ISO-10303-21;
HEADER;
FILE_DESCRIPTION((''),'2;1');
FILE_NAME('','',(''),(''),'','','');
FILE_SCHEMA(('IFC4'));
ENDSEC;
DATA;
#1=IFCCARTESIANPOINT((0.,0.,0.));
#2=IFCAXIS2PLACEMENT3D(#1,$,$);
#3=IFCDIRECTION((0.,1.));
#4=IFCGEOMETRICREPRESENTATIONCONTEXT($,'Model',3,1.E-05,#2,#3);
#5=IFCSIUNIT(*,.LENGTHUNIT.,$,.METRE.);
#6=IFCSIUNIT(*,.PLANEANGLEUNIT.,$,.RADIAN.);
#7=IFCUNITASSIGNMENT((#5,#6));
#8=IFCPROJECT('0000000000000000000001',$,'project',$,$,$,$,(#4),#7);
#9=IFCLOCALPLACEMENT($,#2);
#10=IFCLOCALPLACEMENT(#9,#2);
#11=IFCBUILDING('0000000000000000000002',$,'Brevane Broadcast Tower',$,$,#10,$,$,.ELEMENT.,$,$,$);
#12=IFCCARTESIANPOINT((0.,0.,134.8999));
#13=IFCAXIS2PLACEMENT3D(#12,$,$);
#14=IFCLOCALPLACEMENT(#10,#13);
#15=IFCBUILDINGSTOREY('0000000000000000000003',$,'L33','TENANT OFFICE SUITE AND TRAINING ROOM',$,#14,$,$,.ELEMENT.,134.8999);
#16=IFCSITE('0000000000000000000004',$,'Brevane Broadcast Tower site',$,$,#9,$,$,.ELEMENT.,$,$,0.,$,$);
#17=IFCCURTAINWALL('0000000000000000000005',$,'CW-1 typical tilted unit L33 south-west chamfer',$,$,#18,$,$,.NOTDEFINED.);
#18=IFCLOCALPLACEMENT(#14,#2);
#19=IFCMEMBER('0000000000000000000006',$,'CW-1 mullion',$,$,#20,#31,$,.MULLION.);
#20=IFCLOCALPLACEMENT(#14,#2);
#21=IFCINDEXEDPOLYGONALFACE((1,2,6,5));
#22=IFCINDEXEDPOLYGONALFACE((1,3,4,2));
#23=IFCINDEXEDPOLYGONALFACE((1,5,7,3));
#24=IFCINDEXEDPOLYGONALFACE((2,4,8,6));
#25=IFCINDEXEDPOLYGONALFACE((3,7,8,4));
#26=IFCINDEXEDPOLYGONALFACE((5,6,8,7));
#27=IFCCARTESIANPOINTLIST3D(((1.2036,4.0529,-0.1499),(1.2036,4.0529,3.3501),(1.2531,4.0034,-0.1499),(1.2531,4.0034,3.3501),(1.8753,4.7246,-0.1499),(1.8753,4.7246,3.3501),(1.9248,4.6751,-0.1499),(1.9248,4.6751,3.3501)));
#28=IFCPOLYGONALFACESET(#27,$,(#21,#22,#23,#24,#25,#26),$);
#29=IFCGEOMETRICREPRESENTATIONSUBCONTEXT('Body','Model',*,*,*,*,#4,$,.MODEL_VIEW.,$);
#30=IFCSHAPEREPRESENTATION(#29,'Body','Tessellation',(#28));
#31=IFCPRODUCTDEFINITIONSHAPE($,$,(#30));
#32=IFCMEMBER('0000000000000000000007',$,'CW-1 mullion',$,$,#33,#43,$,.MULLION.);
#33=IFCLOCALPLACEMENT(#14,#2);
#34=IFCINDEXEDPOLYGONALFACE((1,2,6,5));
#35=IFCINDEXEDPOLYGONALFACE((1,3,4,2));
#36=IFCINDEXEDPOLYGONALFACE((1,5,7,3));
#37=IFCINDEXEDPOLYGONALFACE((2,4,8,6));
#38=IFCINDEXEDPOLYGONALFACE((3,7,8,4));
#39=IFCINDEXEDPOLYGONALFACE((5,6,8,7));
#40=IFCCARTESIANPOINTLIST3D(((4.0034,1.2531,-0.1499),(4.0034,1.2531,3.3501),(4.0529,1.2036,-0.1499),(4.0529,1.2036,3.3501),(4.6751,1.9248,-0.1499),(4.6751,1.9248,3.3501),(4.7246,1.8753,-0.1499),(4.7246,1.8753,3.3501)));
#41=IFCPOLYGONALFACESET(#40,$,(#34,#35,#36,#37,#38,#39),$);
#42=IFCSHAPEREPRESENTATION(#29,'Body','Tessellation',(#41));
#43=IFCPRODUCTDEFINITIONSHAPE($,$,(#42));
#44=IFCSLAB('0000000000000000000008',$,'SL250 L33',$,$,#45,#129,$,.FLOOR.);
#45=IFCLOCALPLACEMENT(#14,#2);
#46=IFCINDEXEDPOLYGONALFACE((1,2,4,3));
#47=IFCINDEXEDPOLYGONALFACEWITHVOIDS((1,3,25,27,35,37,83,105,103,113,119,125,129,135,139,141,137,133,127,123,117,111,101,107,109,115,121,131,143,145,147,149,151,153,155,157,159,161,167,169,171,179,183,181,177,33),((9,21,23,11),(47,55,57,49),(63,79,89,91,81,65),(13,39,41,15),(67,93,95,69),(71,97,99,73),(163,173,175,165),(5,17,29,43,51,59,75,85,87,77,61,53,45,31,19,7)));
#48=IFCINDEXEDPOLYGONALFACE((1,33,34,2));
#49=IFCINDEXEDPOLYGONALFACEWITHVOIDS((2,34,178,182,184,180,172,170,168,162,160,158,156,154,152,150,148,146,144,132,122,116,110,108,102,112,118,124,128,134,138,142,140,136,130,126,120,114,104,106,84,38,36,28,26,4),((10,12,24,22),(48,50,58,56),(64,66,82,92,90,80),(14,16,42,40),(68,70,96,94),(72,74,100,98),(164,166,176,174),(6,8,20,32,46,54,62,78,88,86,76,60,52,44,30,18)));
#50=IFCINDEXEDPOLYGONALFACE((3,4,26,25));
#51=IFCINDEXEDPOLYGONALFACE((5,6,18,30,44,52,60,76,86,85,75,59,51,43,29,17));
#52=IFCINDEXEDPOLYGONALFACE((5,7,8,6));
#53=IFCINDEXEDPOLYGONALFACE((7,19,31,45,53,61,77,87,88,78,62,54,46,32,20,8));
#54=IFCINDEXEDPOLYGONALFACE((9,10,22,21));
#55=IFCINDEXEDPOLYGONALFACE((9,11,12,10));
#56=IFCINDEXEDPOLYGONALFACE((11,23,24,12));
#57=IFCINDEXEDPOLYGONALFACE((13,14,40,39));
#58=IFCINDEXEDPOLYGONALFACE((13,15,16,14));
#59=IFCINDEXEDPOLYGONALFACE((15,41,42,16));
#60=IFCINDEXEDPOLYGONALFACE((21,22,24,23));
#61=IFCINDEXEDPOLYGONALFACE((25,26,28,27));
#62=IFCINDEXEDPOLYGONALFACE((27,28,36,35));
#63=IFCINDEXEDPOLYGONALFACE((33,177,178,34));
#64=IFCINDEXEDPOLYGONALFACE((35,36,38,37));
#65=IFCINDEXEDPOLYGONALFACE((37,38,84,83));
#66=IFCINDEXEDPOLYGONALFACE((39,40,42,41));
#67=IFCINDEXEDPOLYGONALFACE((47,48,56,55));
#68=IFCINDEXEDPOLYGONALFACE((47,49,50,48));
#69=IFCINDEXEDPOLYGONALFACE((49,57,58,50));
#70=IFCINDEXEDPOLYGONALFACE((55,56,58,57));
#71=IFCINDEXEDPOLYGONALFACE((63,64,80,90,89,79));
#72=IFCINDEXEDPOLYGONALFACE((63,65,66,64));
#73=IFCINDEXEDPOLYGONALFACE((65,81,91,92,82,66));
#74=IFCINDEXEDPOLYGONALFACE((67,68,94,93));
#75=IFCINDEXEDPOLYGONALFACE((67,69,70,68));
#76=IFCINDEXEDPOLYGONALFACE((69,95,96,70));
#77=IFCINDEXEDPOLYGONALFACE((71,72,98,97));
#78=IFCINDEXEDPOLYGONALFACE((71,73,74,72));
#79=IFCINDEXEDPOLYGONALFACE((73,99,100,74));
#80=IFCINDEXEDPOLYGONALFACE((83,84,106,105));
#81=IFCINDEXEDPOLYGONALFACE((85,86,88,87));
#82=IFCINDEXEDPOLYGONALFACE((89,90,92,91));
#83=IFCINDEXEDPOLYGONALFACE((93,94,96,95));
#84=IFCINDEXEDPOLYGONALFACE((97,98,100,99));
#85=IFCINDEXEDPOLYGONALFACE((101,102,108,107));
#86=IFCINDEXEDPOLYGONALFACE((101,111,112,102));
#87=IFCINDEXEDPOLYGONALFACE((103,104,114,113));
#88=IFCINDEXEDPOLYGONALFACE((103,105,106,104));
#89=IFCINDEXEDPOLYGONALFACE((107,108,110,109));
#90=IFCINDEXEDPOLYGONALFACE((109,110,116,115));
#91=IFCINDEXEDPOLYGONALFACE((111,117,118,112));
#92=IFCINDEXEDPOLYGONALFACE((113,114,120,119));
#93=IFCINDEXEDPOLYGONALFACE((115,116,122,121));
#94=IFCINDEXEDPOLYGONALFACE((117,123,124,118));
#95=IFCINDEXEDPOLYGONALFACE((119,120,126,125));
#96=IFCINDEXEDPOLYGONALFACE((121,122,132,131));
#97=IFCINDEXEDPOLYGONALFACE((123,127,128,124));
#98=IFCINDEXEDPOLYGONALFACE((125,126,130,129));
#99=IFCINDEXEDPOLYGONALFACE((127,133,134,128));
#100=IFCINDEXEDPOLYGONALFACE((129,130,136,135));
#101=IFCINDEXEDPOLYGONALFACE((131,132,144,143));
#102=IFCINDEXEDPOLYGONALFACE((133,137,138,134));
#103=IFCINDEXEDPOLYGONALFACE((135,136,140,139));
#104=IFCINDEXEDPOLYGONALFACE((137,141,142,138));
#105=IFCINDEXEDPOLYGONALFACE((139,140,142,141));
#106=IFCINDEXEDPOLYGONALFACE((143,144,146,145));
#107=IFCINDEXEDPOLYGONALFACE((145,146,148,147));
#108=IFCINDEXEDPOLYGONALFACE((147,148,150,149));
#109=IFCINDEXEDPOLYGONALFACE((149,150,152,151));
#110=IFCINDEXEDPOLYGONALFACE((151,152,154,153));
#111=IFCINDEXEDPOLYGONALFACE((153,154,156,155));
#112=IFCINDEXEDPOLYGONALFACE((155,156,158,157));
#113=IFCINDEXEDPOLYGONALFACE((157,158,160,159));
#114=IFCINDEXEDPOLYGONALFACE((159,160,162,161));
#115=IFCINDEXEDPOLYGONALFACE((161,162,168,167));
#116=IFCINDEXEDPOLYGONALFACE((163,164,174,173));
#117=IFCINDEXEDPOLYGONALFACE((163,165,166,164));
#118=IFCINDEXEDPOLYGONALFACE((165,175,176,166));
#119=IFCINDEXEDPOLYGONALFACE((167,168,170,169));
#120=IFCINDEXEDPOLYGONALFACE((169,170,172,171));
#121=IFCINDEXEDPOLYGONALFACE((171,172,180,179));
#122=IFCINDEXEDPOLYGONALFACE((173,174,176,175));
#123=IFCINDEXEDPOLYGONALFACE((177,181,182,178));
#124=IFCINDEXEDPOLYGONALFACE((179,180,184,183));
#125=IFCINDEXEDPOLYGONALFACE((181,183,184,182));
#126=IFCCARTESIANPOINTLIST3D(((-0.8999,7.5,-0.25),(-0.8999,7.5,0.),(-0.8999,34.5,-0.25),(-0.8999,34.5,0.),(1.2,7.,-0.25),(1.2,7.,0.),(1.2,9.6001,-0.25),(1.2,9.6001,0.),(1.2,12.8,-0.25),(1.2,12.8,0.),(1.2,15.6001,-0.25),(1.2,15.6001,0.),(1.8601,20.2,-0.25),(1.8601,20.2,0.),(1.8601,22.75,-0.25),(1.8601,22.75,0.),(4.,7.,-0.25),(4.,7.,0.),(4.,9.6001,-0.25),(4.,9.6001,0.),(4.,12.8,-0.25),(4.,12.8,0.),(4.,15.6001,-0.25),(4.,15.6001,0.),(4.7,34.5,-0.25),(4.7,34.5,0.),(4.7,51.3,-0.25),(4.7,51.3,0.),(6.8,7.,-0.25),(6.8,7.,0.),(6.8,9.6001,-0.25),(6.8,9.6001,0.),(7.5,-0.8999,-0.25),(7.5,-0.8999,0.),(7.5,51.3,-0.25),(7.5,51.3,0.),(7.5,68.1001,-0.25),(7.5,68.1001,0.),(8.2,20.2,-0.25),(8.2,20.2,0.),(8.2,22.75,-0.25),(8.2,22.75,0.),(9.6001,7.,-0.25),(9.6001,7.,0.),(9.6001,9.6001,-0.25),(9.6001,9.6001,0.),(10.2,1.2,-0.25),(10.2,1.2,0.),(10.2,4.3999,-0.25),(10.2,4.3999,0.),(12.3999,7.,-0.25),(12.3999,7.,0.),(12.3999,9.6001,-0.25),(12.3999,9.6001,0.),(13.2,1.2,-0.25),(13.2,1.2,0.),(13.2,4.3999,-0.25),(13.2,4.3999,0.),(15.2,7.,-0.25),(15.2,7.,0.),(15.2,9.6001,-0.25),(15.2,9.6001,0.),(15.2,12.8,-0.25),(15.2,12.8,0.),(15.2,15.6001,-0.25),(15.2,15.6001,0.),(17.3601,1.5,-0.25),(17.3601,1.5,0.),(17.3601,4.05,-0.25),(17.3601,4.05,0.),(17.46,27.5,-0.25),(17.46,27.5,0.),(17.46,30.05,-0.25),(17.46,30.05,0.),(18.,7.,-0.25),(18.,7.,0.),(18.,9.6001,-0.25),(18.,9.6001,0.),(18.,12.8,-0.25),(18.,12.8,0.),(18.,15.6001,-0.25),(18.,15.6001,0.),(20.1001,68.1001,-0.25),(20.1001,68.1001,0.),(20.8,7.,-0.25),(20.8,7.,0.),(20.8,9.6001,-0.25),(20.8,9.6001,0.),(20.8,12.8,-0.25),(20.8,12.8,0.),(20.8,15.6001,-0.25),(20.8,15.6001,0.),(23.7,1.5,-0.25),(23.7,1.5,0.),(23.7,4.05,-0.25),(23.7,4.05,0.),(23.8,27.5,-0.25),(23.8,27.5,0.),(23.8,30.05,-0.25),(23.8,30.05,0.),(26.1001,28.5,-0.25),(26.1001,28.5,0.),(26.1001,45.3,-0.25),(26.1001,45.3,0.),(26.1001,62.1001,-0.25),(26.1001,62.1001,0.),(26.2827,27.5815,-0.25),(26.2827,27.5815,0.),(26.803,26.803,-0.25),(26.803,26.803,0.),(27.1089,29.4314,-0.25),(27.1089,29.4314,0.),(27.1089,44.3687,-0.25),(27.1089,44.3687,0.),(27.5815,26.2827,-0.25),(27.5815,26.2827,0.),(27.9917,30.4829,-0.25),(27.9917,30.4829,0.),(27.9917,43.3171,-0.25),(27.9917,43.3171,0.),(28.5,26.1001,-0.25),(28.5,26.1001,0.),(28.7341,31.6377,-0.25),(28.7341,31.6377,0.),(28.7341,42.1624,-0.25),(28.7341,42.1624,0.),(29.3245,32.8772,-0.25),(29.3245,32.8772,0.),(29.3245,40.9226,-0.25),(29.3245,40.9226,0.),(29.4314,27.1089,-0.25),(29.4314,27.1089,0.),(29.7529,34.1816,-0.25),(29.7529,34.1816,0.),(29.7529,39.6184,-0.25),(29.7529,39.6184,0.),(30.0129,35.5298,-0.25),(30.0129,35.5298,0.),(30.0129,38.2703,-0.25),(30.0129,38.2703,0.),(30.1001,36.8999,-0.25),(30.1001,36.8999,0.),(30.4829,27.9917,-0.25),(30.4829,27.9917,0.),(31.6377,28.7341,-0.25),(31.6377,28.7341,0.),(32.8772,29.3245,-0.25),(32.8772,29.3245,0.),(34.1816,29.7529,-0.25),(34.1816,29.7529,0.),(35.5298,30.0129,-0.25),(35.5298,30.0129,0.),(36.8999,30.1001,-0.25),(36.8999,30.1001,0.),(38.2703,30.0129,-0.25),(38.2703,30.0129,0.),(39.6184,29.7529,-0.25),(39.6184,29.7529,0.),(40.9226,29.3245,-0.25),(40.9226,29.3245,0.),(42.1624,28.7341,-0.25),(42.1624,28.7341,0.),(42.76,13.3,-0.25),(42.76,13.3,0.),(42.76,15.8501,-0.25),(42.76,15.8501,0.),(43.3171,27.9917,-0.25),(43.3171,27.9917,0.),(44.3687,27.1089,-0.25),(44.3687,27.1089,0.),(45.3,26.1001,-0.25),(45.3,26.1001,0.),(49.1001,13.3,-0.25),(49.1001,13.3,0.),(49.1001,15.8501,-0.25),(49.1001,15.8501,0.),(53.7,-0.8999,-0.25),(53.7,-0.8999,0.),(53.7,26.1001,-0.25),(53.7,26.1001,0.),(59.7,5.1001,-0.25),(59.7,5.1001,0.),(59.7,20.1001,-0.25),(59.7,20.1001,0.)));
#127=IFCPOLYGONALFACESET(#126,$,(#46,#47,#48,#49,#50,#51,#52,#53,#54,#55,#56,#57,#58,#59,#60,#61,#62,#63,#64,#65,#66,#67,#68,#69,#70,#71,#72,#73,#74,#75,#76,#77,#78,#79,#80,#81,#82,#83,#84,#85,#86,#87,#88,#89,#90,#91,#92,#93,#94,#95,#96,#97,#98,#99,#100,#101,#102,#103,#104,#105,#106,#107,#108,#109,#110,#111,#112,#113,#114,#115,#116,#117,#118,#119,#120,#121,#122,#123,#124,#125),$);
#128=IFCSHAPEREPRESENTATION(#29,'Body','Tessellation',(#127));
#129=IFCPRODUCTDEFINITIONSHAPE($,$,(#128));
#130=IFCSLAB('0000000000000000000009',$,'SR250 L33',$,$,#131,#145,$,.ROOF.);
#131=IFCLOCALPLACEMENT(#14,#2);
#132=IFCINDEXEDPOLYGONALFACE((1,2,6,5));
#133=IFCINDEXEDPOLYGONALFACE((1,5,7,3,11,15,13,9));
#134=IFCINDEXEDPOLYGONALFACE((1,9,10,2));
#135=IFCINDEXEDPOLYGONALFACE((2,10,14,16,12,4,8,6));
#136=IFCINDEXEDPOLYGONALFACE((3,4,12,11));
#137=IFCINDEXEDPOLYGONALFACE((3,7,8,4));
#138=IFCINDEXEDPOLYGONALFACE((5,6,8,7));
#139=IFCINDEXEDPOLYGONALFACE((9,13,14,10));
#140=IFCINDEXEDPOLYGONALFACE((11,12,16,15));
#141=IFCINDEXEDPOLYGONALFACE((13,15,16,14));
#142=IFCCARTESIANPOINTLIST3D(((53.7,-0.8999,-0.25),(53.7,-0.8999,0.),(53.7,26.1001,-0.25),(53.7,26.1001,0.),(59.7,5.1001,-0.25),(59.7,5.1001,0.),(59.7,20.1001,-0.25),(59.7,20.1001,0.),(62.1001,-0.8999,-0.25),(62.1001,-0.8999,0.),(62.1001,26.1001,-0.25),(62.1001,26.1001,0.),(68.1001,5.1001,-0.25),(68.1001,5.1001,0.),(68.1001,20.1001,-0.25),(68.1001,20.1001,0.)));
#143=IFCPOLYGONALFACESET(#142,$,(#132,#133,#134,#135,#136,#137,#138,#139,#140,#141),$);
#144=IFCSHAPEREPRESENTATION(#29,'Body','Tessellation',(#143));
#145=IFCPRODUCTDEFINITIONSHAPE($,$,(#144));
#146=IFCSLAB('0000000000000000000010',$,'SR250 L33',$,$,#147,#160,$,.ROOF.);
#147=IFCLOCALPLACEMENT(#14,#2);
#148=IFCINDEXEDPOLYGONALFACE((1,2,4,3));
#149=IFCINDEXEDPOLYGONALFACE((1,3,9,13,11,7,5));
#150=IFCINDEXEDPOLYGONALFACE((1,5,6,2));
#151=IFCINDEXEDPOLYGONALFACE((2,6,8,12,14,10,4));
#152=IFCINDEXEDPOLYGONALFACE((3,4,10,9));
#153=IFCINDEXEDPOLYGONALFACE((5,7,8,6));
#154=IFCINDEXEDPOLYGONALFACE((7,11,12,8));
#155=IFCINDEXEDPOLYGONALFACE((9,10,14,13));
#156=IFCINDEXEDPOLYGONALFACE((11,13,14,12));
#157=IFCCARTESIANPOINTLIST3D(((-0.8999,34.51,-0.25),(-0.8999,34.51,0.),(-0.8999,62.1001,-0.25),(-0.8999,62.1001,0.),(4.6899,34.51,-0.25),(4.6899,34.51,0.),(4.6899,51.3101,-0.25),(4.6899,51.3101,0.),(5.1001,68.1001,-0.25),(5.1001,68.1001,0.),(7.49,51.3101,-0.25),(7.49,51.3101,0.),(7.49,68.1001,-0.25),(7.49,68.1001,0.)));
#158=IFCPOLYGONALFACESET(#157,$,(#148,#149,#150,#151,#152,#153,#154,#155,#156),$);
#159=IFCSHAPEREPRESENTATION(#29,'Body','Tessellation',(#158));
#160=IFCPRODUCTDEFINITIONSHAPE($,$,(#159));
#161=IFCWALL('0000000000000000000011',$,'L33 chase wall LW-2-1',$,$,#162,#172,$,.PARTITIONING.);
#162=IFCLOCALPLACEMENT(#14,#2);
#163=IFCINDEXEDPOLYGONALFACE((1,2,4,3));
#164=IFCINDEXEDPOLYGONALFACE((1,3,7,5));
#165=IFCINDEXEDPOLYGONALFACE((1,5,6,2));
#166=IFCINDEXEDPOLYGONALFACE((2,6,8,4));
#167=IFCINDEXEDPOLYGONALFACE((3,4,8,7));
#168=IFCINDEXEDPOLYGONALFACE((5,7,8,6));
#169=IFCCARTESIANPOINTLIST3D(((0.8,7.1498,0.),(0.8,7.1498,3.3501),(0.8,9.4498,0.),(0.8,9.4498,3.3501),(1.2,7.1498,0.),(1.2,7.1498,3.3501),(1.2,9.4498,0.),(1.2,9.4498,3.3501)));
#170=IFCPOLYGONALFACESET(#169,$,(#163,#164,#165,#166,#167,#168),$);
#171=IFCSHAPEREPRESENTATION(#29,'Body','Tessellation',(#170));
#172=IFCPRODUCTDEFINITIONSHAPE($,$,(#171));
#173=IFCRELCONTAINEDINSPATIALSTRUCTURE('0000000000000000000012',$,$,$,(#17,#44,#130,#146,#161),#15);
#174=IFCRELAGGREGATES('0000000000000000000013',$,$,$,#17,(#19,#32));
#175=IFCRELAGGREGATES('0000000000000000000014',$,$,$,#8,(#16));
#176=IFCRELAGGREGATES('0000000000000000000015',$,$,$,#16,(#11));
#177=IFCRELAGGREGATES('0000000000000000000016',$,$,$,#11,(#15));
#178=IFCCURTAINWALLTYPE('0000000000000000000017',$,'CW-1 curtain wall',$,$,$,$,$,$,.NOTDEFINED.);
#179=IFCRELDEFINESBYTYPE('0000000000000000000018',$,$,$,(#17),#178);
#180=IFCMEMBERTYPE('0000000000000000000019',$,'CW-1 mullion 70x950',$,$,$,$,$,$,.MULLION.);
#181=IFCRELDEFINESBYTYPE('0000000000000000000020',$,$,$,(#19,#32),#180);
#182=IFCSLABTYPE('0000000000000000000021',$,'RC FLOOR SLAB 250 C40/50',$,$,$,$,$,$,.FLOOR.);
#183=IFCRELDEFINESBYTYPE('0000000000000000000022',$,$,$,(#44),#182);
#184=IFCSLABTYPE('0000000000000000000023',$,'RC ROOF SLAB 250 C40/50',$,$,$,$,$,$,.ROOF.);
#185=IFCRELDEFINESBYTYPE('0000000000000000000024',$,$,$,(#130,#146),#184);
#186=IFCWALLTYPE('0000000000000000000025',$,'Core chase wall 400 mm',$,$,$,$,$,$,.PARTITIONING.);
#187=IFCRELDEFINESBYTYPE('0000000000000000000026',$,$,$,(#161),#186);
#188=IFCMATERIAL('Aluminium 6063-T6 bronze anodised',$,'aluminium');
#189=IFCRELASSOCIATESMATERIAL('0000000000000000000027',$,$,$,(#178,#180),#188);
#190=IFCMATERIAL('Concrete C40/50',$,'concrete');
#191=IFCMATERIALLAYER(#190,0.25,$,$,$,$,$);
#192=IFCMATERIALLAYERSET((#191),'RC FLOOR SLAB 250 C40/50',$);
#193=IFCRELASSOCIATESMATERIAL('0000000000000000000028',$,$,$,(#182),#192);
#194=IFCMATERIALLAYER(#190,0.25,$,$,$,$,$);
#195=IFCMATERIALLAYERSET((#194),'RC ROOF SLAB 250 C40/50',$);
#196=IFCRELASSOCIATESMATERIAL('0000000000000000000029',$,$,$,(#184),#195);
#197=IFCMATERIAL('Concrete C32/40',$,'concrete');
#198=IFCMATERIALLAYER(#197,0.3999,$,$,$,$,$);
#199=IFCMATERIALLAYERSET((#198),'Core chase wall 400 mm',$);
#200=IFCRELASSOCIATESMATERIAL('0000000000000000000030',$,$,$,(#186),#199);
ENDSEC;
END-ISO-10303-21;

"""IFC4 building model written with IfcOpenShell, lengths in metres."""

from ifc_helpers import new_model, si_unit, direction, frame, frame_2d, origin, origin_2d, place, context, subcontext, project, spatial, polyline, rectangle, outline, extrude, material, layer, layer_set, material_profile, profile_set, type_object, element, aggregate, save


model = new_model("IFC4")

# Units and contexts
model_context = context("Model", 3, precision=1e-05, world=origin(), true_north=direction((0.0, 1.0)))
body_context = subcontext(model_context, "Body", "Model", "MODEL_VIEW")
ifc_project = project(units=[si_unit("LENGTHUNIT", "METRE"), si_unit("PLANEANGLEUNIT", "RADIAN")], contexts=[model_context])

# Site, building, storey
site_placement = place(None, origin())
site = spatial("IfcSite", under=ifc_project, at=site_placement, Name="Brevane Broadcast Tower site", CompositionType="ELEMENT", RefElevation=0.0)
building_placement = place(site_placement, origin())
building = spatial("IfcBuilding", under=site, at=building_placement, Name="Brevane Broadcast Tower", CompositionType="ELEMENT")
storey_placement = place(building_placement, frame((0.0, 0.0, 134.8999)))
storey = spatial("IfcBuildingStorey", under=building, at=storey_placement, Name="L33", Description="TENANT OFFICE SUITE AND TRAINING ROOM", CompositionType="ELEMENT", Elevation=134.8999)

# Curtain wall, members
ifc_material_1 = material(Name="Aluminium 6063-T6 bronze anodised", Category="aluminium")
curtain_wall_type = type_object("IfcCurtainWallType", Name="CW-1 curtain wall", PredefinedType="NOTDEFINED", material=ifc_material_1)
curtain_wall_1_placement = place(storey_placement, origin())
curtain_wall_1 = element("IfcCurtainWall", 1, at=curtain_wall_1_placement, inside=storey, type_object=curtain_wall_type, Name="CW-1 typical tilted unit L33 south-west chamfer", PredefinedType="NOTDEFINED")
ifc_material_profile = material_profile(ifc_material_1, rectangle(XDim=0.95, YDim=0.0701, at=origin_2d()), Name="RECT 70x950")
ifc_profile_set = profile_set([ifc_material_profile], Name="Aluminium 6063-T6 bronze anodised")
member_type = type_object("IfcMemberType", Name="CW-1 mullion 70x950", PredefinedType="MULLION", material=ifc_profile_set)
member_1_placement = place(storey_placement, frame((1.5642, 4.364, -0.1499), z_axis=(0.0, 0.0, 1.0), x_axis=(0.707107, 0.707107, 0.0)))
member_1 = element("IfcMember", 2, at=member_1_placement, type_object=member_type, Name="CW-1 mullion", PredefinedType="MULLION", context=body_context, shape_type="SweptSolid", body=[
    extrude(rectangle(XDim=0.95, YDim=0.0701, at=origin_2d()), origin(), (0.0, 0.0, 1.0), 3.5),
])
member_2_placement = place(storey_placement, frame((4.364, 1.5642, -0.1499), z_axis=(0.0, 0.0, 1.0), x_axis=(0.707107, 0.707107, 0.0)))
member_2 = element("IfcMember", 3, at=member_2_placement, type_object=member_type, Name="CW-1 mullion", PredefinedType="MULLION", context=body_context, shape_type="SweptSolid", body=[
    extrude(rectangle(XDim=0.95, YDim=0.0701, at=origin_2d()), origin(), (0.0, 0.0, 1.0), 3.5),
])
aggregate(curtain_wall_1, [member_1, member_2])

# Slabs
ifc_material_2 = material(Name="Concrete C40/50", Category="concrete")
ifc_layer_1 = layer(ifc_material_2, 0.25)
ifc_layer_set_1 = layer_set([ifc_layer_1], Name="RC FLOOR SLAB 250 C40/50")
slab_type_1 = type_object("IfcSlabType", Name="RC FLOOR SLAB 250 C40/50", PredefinedType="FLOOR", material=ifc_layer_set_1)
slab_1_placement = place(storey_placement, frame((0.0, 0.0, -0.25)))
element("IfcSlab", 4, at=slab_1_placement, inside=storey, type_object=slab_type_1, Name="SL250 L33", PredefinedType="FLOOR", context=body_context, shape_type="SweptSolid", body=[
    extrude(outline(polyline([(-0.8999, 7.5), (-0.8999, 34.5), (4.7, 34.5), (4.7, 51.3), (7.5, 51.3), (7.5, 68.1001), (20.1001, 68.1001), (26.1001, 62.1001), (26.1001, 45.3), (27.1089, 44.3687), (27.9917, 43.3171), (28.7341, 42.1624), (29.3245, 40.9226), (29.7529, 39.6184), (30.0129, 38.2703), (30.1001, 36.8999), (30.0129, 35.5298), (29.7529, 34.1816), (29.3245, 32.8772), (28.7341, 31.6377), (27.9917, 30.4829), (27.1089, 29.4314), (26.1001, 28.5), (26.2827, 27.5815), (26.803, 26.803), (27.5815, 26.2827), (28.5, 26.1001), (29.4314, 27.1089), (30.4829, 27.9917), (31.6377, 28.7341), (32.8772, 29.3245), (34.1816, 29.7529), (35.5298, 30.0129), (36.8999, 30.1001), (38.2703, 30.0129), (39.6184, 29.7529), (40.9226, 29.3245), (42.1624, 28.7341), (43.3171, 27.9917), (44.3687, 27.1089), (45.3, 26.1001), (53.7, 26.1001), (59.7, 20.1001), (59.7, 5.1001), (53.7, -0.8999), (7.5, -0.8999), (-0.8999, 7.5)]), holes=[polyline([(13.2, 4.3999), (10.2, 4.3999), (10.2, 1.2), (13.2, 1.2), (13.2, 4.3999)]), polyline([(4.0, 9.6001), (1.2, 9.6001), (1.2, 7.0), (4.0, 7.0), (6.8, 7.0), (9.6001, 7.0), (12.3999, 7.0), (15.2, 7.0), (18.0, 7.0), (20.8, 7.0), (20.8, 9.6001), (18.0, 9.6001), (15.2, 9.6001), (12.3999, 9.6001), (9.6001, 9.6001), (6.8, 9.6001), (4.0, 9.6001)]), polyline([(4.0, 12.8), (4.0, 15.6001), (1.2, 15.6001), (1.2, 12.8), (4.0, 12.8)]), polyline([(8.2, 22.75), (1.8601, 22.75), (1.8601, 20.2), (8.2, 20.2), (8.2, 22.75)]), polyline([(23.7, 4.05), (17.3601, 4.05), (17.3601, 1.5), (23.7, 1.5), (23.7, 4.05)]), polyline([(18.0, 15.6001), (15.2, 15.6001), (15.2, 12.8), (18.0, 12.8), (20.8, 12.8), (20.8, 15.6001), (18.0, 15.6001)]), polyline([(49.1001, 15.8501), (42.76, 15.8501), (42.76, 13.3), (49.1001, 13.3), (49.1001, 15.8501)]), polyline([(23.8, 30.05), (17.46, 30.05), (17.46, 27.5), (23.8, 27.5), (23.8, 30.05)])]), origin(), (0.0, 0.0, 1.0), 0.25),
])
ifc_layer_2 = layer(ifc_material_2, 0.25)
ifc_layer_set_2 = layer_set([ifc_layer_2], Name="RC ROOF SLAB 250 C40/50")
slab_type_2 = type_object("IfcSlabType", Name="RC ROOF SLAB 250 C40/50", PredefinedType="ROOF", material=ifc_layer_set_2)
slab_2_placement = place(storey_placement, frame((0.0, 0.0, -0.25)))
element("IfcSlab", 5, at=slab_2_placement, inside=storey, type_object=slab_type_2, Name="SR250 L33", PredefinedType="ROOF", context=body_context, shape_type="SweptSolid", body=[
    extrude(outline(polyline([(68.1001, 5.1001), (62.1001, -0.8999), (53.7, -0.8999), (59.7, 5.1001), (59.7, 20.1001), (53.7, 26.1001), (62.1001, 26.1001), (68.1001, 20.1001), (68.1001, 5.1001)])), origin(), (0.0, 0.0, 1.0), 0.25),
])
slab_3_placement = place(storey_placement, frame((0.0, 0.0, -0.25)))
element("IfcSlab", 6, at=slab_3_placement, inside=storey, type_object=slab_type_2, Name="SR250 L33", PredefinedType="ROOF", context=body_context, shape_type="SweptSolid", body=[
    extrude(outline(polyline([(7.49, 51.3101), (4.6899, 51.3101), (4.6899, 34.51), (-0.8999, 34.51), (-0.8999, 62.1001), (5.1001, 68.1001), (7.49, 68.1001), (7.49, 51.3101)])), origin(), (0.0, 0.0, 1.0), 0.25),
])

# Wall
ifc_material_3 = material(Name="Concrete C32/40", Category="concrete")
ifc_layer_3 = layer(ifc_material_3, 0.3999)
ifc_layer_set_3 = layer_set([ifc_layer_3], Name="Core chase wall 400 mm")
wall_type_1 = type_object("IfcWallType", Name="Core chase wall 400 mm", PredefinedType="PARTITIONING", material=ifc_layer_set_3)
wall_1_placement = place(storey_placement, frame((1.0, 7.1499, 0.0), z_axis=(0.0, 0.0, 1.0), x_axis=(0.0, 1.0, 0.0)))
element("IfcWall", 7, at=wall_1_placement, inside=storey, type_object=wall_type_1, Name="L33 chase wall LW-2-1", PredefinedType="PARTITIONING", context=body_context, shape_type="SweptSolid", body=[
    extrude(rectangle(XDim=2.3, YDim=0.3999, at=frame_2d((1.1499, 0.0))), origin(), (0.0, 0.0, 1.0), 3.3501),
])

save(model, "model.ifc")
